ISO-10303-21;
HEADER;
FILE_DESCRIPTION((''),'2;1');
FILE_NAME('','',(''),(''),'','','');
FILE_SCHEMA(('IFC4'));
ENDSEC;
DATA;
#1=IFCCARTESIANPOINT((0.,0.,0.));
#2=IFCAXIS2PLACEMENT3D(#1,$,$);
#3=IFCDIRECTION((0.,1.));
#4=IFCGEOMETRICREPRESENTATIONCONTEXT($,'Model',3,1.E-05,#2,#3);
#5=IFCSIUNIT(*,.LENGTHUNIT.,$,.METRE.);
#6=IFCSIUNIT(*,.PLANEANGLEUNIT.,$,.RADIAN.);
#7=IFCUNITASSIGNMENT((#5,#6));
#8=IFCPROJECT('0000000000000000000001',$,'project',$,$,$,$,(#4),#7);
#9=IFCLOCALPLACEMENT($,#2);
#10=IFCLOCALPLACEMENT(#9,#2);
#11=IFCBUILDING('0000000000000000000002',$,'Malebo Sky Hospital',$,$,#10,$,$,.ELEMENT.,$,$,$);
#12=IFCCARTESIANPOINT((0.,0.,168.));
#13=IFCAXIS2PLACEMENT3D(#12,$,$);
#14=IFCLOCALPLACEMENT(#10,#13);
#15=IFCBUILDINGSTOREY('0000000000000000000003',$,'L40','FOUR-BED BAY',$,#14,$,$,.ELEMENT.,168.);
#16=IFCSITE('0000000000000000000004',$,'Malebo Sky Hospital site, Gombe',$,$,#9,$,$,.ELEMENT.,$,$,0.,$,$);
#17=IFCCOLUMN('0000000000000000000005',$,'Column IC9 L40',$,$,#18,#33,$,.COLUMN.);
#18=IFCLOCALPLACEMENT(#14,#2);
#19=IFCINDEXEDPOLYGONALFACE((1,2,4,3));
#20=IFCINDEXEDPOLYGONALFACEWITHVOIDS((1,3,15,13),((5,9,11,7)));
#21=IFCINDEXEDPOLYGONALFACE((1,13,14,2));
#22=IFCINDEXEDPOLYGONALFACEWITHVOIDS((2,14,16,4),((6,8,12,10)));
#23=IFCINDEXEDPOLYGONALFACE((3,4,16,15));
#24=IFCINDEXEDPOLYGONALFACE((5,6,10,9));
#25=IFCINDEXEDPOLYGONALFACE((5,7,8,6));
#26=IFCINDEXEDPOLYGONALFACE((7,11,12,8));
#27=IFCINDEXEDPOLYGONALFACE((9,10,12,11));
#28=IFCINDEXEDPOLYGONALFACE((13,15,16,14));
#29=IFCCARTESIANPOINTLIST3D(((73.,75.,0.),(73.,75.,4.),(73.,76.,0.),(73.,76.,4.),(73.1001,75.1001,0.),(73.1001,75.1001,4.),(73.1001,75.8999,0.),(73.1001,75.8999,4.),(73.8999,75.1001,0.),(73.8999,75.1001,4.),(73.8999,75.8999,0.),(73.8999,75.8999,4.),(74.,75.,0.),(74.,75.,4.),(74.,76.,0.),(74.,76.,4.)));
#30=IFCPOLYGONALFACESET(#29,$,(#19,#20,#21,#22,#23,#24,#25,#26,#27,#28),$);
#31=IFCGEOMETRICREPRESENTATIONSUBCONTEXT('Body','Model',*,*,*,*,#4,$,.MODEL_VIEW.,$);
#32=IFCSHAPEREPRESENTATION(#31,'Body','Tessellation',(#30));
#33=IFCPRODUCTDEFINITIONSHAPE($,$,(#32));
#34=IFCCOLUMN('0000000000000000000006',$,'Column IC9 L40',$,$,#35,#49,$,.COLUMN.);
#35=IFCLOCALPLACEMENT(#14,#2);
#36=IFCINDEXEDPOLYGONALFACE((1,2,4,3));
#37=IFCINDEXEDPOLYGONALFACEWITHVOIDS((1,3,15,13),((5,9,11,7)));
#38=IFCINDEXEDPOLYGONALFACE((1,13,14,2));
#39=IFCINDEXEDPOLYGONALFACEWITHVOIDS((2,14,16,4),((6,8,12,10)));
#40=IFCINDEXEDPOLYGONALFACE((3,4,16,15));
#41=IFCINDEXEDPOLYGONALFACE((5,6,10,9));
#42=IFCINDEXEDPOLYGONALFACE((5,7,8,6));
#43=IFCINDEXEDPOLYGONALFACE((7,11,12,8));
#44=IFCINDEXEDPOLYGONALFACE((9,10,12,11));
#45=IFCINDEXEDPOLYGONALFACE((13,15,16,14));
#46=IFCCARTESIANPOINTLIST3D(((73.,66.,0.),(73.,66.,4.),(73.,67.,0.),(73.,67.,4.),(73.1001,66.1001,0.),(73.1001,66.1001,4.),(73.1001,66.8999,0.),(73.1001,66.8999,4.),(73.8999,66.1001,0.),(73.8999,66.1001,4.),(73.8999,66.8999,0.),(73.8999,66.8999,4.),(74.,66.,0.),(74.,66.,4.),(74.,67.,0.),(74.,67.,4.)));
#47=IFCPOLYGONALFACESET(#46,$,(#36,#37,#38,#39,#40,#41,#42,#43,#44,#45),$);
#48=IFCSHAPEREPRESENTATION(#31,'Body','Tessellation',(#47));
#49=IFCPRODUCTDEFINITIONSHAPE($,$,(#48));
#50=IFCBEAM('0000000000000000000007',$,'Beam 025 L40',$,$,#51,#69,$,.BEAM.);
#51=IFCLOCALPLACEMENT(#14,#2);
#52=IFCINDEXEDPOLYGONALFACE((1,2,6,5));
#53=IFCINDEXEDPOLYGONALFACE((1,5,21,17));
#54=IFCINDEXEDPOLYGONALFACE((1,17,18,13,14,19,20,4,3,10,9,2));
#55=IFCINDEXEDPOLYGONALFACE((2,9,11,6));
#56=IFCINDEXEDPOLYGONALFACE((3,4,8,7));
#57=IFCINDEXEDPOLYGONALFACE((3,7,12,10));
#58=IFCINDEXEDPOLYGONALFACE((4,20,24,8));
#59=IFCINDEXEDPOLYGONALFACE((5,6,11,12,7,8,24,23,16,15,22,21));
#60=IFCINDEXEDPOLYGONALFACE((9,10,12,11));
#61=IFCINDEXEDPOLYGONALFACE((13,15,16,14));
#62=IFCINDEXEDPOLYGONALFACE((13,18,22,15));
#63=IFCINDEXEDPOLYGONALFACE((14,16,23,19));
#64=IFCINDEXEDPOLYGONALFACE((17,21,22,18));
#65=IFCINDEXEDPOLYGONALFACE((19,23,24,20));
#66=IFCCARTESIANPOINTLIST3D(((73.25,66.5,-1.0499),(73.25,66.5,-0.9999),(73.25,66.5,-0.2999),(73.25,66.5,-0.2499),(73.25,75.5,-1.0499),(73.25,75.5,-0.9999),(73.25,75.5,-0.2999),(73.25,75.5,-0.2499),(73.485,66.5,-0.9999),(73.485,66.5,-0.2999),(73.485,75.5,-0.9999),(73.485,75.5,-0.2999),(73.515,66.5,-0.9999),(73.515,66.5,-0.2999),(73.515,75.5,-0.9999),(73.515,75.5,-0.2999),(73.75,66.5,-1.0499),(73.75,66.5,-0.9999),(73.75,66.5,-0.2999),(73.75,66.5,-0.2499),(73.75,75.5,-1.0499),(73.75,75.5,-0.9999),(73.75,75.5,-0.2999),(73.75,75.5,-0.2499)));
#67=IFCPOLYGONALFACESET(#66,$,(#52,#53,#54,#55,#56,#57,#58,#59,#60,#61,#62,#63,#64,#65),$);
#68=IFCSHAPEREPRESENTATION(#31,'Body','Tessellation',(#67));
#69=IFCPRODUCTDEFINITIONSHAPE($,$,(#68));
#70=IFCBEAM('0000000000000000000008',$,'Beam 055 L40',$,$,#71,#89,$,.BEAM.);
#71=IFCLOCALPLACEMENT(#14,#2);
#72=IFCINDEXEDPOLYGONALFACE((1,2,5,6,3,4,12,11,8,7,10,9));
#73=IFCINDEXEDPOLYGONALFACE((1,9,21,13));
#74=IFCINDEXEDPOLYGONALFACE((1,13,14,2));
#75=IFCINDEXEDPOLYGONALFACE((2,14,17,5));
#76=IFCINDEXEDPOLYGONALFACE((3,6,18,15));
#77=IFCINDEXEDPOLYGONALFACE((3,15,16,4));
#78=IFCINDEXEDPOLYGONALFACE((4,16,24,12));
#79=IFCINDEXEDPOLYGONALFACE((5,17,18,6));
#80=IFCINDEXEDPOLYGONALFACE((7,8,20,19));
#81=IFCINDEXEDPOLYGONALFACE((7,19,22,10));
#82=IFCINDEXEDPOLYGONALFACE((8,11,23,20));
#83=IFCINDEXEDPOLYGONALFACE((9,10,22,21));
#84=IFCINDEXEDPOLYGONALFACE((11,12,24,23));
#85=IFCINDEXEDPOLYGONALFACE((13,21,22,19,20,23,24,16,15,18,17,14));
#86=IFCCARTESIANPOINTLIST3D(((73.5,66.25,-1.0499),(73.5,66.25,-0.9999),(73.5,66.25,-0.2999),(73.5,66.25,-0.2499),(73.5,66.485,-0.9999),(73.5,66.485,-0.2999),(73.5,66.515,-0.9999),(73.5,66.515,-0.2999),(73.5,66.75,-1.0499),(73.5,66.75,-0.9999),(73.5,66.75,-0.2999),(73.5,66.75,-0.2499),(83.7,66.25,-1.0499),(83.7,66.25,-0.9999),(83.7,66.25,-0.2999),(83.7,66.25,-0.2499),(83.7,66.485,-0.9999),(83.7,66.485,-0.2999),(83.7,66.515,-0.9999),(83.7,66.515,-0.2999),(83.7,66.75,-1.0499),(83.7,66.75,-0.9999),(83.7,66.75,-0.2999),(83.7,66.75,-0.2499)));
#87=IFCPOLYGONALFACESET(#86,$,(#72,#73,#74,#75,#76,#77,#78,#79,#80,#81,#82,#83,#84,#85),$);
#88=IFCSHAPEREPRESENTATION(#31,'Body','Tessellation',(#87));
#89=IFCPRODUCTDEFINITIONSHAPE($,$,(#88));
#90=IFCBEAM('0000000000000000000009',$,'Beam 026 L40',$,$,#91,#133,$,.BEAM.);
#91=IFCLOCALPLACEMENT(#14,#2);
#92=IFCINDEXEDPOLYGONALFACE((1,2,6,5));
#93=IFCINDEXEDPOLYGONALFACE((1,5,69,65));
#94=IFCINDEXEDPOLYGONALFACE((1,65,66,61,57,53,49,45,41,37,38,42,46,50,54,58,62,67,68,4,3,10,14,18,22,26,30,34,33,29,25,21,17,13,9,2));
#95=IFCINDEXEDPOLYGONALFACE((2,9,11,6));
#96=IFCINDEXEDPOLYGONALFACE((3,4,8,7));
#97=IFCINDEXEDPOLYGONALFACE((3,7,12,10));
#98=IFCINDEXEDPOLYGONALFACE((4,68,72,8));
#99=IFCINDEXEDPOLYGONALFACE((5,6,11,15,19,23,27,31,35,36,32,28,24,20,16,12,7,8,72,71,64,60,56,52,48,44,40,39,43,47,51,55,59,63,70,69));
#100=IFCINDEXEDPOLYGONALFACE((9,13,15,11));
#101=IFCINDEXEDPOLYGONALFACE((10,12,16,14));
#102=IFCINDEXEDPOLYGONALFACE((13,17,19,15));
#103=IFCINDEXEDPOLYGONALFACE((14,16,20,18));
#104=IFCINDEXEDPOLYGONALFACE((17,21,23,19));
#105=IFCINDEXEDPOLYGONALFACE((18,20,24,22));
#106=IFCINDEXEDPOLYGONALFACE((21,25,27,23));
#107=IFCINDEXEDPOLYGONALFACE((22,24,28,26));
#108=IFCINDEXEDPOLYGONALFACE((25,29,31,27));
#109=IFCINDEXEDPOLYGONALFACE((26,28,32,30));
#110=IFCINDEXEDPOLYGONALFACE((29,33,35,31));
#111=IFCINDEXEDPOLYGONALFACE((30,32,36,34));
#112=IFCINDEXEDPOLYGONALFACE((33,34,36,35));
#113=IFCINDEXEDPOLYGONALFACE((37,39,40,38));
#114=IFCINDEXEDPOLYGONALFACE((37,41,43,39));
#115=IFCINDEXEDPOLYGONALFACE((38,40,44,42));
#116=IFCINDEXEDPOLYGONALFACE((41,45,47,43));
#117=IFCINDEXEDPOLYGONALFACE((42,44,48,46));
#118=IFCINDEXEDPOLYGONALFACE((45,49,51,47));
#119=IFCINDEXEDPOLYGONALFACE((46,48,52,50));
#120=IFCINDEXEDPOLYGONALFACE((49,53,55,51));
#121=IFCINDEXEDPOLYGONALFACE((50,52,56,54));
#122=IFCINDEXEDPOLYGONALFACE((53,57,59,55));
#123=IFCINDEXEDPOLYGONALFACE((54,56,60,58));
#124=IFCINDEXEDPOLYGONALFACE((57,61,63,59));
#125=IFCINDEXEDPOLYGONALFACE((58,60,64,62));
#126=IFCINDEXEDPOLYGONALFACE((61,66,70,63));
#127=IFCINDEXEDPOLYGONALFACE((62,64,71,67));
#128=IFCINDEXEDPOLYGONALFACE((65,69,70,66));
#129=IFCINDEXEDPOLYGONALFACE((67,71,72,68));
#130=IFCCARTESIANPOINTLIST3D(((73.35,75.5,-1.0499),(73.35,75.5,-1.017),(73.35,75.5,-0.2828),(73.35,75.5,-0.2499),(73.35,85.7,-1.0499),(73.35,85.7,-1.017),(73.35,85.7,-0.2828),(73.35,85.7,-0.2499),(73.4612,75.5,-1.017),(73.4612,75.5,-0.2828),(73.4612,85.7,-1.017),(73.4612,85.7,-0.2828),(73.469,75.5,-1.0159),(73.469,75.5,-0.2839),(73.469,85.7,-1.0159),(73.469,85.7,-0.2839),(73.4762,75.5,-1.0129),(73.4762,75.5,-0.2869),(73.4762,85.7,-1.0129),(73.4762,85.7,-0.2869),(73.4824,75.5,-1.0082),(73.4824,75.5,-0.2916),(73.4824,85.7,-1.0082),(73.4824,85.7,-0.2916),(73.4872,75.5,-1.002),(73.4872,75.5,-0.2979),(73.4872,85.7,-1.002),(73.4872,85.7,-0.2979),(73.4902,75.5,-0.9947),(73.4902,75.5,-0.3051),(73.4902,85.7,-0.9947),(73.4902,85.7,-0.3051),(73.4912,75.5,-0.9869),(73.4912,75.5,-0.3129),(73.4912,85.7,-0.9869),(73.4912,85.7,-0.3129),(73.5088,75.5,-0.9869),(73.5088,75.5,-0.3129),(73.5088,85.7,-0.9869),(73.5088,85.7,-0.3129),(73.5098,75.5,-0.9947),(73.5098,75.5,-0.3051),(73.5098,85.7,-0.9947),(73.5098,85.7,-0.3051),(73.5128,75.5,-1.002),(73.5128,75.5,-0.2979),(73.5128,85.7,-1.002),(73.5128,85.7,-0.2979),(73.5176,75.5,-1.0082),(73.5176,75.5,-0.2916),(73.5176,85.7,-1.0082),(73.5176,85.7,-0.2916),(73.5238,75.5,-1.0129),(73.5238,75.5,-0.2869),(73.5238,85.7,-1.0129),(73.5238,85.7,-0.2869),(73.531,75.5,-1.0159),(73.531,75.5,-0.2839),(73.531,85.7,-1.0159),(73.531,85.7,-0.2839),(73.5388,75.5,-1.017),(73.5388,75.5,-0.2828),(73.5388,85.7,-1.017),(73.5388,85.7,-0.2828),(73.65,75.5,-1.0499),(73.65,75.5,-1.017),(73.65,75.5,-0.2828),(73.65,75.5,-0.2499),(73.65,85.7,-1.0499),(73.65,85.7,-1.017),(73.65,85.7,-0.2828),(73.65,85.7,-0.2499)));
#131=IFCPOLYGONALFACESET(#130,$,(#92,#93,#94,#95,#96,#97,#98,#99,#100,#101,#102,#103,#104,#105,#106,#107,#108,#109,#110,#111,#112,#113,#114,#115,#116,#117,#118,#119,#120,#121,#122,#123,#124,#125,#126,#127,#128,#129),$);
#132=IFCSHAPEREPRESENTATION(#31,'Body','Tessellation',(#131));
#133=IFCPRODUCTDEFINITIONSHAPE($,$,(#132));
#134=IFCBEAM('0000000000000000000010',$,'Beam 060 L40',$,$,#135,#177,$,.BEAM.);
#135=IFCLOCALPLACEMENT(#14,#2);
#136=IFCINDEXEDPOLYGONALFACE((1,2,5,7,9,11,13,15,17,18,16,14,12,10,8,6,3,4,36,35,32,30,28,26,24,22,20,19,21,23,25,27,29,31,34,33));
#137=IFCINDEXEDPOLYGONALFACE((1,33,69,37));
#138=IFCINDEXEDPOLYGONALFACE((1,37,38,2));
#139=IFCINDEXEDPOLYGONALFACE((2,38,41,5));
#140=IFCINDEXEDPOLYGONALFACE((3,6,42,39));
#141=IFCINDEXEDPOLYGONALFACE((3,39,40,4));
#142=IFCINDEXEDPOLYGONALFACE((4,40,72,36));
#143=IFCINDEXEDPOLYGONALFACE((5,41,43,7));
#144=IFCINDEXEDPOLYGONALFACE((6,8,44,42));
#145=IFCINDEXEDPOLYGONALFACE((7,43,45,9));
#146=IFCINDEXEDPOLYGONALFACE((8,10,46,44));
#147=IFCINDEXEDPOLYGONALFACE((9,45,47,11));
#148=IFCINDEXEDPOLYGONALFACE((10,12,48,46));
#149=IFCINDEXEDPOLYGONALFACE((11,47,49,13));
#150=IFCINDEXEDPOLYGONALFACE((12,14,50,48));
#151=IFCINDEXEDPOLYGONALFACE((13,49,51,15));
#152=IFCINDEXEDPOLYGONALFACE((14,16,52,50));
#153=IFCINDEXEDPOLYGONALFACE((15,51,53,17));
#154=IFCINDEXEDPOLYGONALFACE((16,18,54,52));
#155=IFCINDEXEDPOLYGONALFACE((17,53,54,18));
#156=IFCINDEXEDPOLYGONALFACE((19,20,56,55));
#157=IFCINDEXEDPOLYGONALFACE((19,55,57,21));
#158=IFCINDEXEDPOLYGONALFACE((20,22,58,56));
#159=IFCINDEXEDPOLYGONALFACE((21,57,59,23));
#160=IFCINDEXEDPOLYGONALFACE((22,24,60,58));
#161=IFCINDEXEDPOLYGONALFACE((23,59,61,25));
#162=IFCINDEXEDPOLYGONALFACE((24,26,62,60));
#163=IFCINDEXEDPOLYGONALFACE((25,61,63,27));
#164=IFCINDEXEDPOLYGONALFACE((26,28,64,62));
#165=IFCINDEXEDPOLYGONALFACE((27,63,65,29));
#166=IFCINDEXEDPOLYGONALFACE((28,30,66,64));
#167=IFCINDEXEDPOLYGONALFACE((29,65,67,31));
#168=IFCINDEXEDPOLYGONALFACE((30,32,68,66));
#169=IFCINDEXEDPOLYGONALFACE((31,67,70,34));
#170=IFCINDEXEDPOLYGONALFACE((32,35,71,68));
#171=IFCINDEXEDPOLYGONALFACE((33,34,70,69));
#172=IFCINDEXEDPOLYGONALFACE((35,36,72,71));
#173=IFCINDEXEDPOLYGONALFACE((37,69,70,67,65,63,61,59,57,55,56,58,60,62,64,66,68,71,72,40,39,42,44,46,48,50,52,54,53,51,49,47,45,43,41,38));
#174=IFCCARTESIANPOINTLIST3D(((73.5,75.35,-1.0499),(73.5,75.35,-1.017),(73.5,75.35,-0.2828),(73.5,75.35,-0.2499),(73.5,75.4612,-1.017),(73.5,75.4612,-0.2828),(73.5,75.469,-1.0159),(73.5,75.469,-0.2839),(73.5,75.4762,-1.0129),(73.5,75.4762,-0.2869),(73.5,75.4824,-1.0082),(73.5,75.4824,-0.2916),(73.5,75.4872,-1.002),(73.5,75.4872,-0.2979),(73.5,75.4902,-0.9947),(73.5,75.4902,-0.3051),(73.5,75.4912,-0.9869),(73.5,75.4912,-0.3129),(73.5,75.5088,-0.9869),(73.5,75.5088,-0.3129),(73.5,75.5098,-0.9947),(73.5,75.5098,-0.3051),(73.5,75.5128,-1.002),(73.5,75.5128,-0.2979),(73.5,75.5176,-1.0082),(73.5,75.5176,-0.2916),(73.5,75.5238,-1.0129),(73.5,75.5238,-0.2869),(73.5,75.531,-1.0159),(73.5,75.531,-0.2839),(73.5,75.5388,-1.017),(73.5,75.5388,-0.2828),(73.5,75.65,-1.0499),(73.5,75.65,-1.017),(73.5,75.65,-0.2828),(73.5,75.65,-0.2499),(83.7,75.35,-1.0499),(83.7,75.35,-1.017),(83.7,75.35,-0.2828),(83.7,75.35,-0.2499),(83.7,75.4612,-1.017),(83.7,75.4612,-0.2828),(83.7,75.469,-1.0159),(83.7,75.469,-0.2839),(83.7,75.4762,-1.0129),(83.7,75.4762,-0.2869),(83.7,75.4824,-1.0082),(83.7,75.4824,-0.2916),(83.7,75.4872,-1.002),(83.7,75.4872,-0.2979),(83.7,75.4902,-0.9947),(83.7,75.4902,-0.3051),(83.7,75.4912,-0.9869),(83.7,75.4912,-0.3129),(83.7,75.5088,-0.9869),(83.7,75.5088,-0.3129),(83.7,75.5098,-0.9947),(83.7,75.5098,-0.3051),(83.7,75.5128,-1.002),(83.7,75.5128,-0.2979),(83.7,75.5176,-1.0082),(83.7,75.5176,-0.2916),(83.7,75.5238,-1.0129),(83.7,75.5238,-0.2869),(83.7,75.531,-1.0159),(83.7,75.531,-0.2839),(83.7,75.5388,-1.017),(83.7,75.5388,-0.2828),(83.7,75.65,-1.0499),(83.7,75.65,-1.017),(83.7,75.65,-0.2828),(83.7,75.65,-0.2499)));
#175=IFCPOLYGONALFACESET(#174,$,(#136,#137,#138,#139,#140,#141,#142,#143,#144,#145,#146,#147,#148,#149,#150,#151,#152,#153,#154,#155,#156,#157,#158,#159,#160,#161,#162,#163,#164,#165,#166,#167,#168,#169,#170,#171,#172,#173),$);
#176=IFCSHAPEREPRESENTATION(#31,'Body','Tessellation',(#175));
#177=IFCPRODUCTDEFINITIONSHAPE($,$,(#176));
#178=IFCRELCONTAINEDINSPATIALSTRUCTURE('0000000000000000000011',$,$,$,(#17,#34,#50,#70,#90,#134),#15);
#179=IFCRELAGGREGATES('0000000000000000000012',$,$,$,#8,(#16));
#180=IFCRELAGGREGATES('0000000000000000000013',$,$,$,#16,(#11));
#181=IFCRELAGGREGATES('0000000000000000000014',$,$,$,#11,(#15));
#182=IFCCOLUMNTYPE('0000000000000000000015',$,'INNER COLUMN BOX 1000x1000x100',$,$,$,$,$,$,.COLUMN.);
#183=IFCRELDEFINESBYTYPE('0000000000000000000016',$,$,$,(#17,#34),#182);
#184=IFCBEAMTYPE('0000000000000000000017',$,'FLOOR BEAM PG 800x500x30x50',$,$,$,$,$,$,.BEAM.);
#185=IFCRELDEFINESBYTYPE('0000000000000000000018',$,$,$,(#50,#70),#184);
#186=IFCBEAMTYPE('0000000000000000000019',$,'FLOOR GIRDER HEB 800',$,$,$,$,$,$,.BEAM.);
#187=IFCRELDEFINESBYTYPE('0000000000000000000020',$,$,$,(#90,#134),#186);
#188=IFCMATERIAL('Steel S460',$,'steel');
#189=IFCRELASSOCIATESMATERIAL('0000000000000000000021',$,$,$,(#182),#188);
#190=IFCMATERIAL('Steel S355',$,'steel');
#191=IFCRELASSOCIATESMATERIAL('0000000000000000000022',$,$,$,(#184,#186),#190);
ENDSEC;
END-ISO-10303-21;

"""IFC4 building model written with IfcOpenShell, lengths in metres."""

from ifc_helpers import new_model, si_unit, direction, frame, origin, origin_2d, place, context, subcontext, project, spatial, hollow_rectangle, i_section, extrude, material, material_profile, profile_set, type_object, element, save


model = new_model("IFC4")

# Units and contexts
model_context = context("Model", 3, precision=1e-05, world=origin(), true_north=direction((0.0, 1.0)))
body_context = subcontext(model_context, "Body", "Model", "MODEL_VIEW")
ifc_project = project(units=[si_unit("LENGTHUNIT", "METRE"), si_unit("PLANEANGLEUNIT", "RADIAN")], contexts=[model_context])

# Site, building, storey
site_placement = place(None, origin())
site = spatial("IfcSite", under=ifc_project, at=site_placement, Name="Malebo Sky Hospital site, Gombe", CompositionType="ELEMENT", RefElevation=0.0)
building_placement = place(site_placement, origin())
building = spatial("IfcBuilding", under=site, at=building_placement, Name="Malebo Sky Hospital", CompositionType="ELEMENT")
storey_placement = place(building_placement, frame((0.0, 0.0, 168.0)))
storey = spatial("IfcBuildingStorey", under=building, at=storey_placement, Name="L40", Description="FOUR-BED BAY", CompositionType="ELEMENT", Elevation=168.0)

# Columns
ifc_material_1 = material(Name="Steel S460", Category="steel")
ifc_material_profile_1 = material_profile(ifc_material_1, hollow_rectangle(XDim=1.0, YDim=1.0, WallThickness=0.1001, at=origin_2d()), Name="BOX 1000x1000x100")
ifc_profile_set_1 = profile_set([ifc_material_profile_1], Name="Steel S460")
column_type = type_object("IfcColumnType", Name="INNER COLUMN BOX 1000x1000x100", PredefinedType="COLUMN", material=ifc_profile_set_1)
for number, where, z_axis, x_axis, name in (
    (1, (73.5, 75.5, 0.0), (0.0, 0.0, 1.0), (1.0, 0.0, 0.0), "Column IC9 L40"),
    (2, (73.5, 66.5, 0.0), (0.0, 0.0, 1.0), (1.0, 0.0, 0.0), "Column IC9 L40"),
):
    element("IfcColumn", number, at=place(storey_placement, frame(where, z_axis=z_axis, x_axis=x_axis)), inside=storey, type_object=column_type, Name=name, PredefinedType="COLUMN", context=body_context, shape_type="SweptSolid", body=[
        extrude(hollow_rectangle(XDim=1.0, YDim=1.0, WallThickness=0.1001, at=origin_2d()), origin(), (0.0, 0.0, 1.0), 4.0),
    ])

# Beams
ifc_material_2 = material(Name="Steel S355", Category="steel")
ifc_material_profile_2 = material_profile(ifc_material_2, i_section(OverallWidth=0.5, OverallDepth=0.8, WebThickness=0.03, FlangeThickness=0.05, at=origin_2d()), Name="PG 800x500x30x50")
ifc_profile_set_2 = profile_set([ifc_material_profile_2], Name="Steel S355")
beam_type_1 = type_object("IfcBeamType", Name="FLOOR BEAM PG 800x500x30x50", PredefinedType="BEAM", material=ifc_profile_set_2)
beam_1_placement = place(storey_placement, frame((73.5, 66.5, -0.6499), z_axis=(0.0, 1.0, 0.0), x_axis=(-1.0, 0.0, 0.0)))
element("IfcBeam", 3, at=beam_1_placement, inside=storey, type_object=beam_type_1, Name="Beam 025 L40", PredefinedType="BEAM", context=body_context, shape_type="SweptSolid", body=[
    extrude(i_section(OverallWidth=0.5, OverallDepth=0.8, WebThickness=0.03, FlangeThickness=0.05, at=origin_2d()), origin(), (0.0, 0.0, 1.0), 9.0),
])
beam_2_placement = place(storey_placement, frame((73.5, 66.5, -0.6499), z_axis=(1.0, 0.0, 0.0), x_axis=(0.0, 1.0, 0.0)))
element("IfcBeam", 4, at=beam_2_placement, inside=storey, type_object=beam_type_1, Name="Beam 055 L40", PredefinedType="BEAM", context=body_context, shape_type="SweptSolid", body=[
    extrude(i_section(OverallWidth=0.5, OverallDepth=0.8, WebThickness=0.03, FlangeThickness=0.05, at=origin_2d()), origin(), (0.0, 0.0, 1.0), 10.2),
])
ifc_material_profile_3 = material_profile(ifc_material_2, i_section(OverallWidth=0.3, OverallDepth=0.8, WebThickness=0.0176, FlangeThickness=0.033, FilletRadius=0.03, at=origin_2d()), Name="HEB 800")
ifc_profile_set_3 = profile_set([ifc_material_profile_3], Name="Steel S355")
beam_type_2 = type_object("IfcBeamType", Name="FLOOR GIRDER HEB 800", PredefinedType="BEAM", material=ifc_profile_set_3)
for number, where, z_axis, x_axis, name in (
    (5, (73.5, 75.5, -0.6499), (0.0, 1.0, 0.0), (-1.0, 0.0, 0.0), "Beam 026 L40"),
    (6, (73.5, 75.5, -0.6499), (1.0, 0.0, 0.0), (0.0, 1.0, 0.0), "Beam 060 L40"),
):
    element("IfcBeam", number, at=place(storey_placement, frame(where, z_axis=z_axis, x_axis=x_axis)), inside=storey, type_object=beam_type_2, Name=name, PredefinedType="BEAM", context=body_context, shape_type="SweptSolid", body=[
        extrude(i_section(OverallWidth=0.3, OverallDepth=0.8, WebThickness=0.0176, FlangeThickness=0.033, FilletRadius=0.03, at=origin_2d()), origin(), (0.0, 0.0, 1.0), 10.2),
    ])

save(model, "model.ifc")
